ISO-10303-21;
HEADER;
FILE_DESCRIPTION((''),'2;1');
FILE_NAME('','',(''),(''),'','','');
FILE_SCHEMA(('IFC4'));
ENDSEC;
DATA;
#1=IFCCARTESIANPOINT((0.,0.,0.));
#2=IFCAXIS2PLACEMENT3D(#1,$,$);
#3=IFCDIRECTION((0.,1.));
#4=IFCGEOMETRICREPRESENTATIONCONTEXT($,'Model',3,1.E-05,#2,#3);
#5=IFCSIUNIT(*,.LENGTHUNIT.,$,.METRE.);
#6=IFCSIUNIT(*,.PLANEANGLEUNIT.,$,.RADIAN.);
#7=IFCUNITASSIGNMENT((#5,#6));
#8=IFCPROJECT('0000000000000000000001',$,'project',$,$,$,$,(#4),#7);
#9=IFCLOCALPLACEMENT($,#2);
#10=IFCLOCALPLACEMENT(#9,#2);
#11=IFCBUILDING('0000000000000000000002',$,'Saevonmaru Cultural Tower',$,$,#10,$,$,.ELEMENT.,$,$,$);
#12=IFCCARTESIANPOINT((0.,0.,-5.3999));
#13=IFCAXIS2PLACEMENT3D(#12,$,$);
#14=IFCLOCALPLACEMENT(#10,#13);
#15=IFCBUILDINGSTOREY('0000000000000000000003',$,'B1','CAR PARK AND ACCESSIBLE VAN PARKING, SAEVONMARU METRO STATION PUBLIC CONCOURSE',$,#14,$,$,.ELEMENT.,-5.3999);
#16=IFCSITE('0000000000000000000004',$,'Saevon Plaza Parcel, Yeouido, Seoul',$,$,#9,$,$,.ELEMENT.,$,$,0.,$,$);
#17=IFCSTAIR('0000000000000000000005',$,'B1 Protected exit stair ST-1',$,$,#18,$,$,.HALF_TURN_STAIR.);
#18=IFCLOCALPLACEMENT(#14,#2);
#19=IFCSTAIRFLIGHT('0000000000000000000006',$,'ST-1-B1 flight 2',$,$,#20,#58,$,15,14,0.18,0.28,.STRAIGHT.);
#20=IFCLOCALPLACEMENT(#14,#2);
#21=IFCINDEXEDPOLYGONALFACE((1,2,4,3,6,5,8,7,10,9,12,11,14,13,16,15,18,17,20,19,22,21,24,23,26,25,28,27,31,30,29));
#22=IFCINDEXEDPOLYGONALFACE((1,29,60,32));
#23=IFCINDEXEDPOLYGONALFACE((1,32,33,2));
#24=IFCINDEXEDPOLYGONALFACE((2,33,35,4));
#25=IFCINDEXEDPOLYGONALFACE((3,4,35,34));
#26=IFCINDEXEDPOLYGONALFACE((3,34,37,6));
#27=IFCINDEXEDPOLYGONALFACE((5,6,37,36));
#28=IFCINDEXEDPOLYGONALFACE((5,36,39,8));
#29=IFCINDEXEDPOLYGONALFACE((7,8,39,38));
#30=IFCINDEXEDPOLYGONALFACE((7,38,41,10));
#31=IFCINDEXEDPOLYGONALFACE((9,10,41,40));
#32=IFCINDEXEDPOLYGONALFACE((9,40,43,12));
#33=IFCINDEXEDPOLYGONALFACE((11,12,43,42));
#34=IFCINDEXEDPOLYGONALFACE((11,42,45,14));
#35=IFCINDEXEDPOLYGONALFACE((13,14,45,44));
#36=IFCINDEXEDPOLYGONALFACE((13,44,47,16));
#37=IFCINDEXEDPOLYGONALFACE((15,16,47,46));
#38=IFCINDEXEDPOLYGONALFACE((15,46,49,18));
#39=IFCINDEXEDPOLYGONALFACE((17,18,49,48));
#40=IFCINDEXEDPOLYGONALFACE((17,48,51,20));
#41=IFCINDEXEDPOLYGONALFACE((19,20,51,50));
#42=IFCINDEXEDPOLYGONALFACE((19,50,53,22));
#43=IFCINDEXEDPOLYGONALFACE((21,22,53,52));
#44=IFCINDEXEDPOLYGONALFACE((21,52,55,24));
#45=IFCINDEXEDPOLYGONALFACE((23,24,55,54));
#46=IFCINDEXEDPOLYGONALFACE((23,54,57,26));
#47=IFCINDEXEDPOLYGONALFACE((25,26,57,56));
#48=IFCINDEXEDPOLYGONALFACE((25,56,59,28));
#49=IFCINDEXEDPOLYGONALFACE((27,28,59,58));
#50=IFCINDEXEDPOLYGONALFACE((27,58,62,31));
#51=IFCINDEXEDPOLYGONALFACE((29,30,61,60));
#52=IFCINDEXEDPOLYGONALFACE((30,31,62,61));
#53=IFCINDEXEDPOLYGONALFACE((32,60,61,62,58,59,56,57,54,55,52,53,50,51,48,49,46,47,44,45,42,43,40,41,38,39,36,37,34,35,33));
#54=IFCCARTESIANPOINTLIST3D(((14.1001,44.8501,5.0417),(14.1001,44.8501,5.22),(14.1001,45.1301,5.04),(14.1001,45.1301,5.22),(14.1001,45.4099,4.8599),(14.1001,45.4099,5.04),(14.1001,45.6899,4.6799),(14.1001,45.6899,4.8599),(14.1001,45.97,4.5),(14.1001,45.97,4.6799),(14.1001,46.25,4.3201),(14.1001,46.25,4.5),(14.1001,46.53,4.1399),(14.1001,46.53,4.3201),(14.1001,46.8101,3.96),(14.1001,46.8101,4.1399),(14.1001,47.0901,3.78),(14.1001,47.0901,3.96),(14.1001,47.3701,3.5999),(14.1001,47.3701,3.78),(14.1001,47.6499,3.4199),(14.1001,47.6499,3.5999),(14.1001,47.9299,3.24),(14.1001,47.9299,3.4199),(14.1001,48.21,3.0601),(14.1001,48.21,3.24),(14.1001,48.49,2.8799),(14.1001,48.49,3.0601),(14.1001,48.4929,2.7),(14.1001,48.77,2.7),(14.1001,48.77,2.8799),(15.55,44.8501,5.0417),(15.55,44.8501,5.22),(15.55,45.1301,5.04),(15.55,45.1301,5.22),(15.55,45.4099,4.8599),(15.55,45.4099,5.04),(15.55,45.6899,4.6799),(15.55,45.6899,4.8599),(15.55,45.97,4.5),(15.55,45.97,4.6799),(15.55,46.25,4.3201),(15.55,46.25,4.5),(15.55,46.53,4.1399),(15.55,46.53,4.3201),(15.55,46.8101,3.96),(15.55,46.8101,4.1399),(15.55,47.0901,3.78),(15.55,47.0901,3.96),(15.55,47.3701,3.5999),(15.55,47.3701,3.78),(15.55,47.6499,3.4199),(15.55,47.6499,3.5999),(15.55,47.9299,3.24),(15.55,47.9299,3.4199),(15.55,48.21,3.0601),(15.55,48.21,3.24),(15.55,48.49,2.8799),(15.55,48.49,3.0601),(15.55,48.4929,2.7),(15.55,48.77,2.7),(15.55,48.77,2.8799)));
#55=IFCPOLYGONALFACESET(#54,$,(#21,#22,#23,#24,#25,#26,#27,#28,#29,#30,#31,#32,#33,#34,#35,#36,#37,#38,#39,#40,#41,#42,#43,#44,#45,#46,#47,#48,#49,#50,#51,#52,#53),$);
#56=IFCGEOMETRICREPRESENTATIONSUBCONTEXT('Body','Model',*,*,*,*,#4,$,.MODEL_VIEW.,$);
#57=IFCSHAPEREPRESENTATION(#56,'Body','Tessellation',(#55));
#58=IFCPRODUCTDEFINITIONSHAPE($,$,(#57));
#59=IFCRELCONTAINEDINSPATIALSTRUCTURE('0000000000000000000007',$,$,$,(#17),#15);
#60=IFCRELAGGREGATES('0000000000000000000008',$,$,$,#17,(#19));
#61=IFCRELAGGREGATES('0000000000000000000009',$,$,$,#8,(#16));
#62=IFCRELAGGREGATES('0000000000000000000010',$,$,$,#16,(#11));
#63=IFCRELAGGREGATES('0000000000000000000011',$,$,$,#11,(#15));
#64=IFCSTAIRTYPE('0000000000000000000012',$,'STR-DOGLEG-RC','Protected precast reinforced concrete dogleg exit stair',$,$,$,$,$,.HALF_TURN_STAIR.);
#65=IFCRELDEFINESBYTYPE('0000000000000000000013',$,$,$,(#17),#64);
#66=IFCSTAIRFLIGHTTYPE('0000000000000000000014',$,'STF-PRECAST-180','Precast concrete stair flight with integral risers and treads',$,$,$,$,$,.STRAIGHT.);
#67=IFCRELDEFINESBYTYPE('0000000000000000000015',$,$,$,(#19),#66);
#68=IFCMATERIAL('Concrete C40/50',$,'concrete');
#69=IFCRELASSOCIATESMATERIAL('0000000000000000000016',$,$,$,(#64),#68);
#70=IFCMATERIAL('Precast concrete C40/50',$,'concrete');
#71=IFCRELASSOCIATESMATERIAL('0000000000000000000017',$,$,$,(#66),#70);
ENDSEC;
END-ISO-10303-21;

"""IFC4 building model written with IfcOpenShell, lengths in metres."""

from ifc_helpers import new_model, si_unit, direction, frame, origin, place, context, subcontext, project, spatial, polyline, outline, extrude, material, type_object, element, aggregate, save


model = new_model("IFC4")

# Units and contexts
model_context = context("Model", 3, precision=1e-05, world=origin(), true_north=direction((0.0, 1.0)))
body_context = subcontext(model_context, "Body", "Model", "MODEL_VIEW")
ifc_project = project(units=[si_unit("LENGTHUNIT", "METRE"), si_unit("PLANEANGLEUNIT", "RADIAN")], contexts=[model_context])

# Site, building, storey
site_placement = place(None, origin())
site = spatial("IfcSite", under=ifc_project, at=site_placement, Name="Saevon Plaza Parcel, Yeouido, Seoul", CompositionType="ELEMENT", RefElevation=0.0)
building_placement = place(site_placement, origin())
building = spatial("IfcBuilding", under=site, at=building_placement, Name="Saevonmaru Cultural Tower", CompositionType="ELEMENT")
storey_placement = place(building_placement, frame((0.0, 0.0, -5.3999)))
storey = spatial("IfcBuildingStorey", under=building, at=storey_placement, Name="B1", Description="CAR PARK AND ACCESSIBLE VAN PARKING, SAEVONMARU METRO STATION PUBLIC CONCOURSE", CompositionType="ELEMENT", Elevation=-5.3999)

# Shared definitions
ifc_material_1 = material(Name="Concrete C40/50", Category="concrete")

# Stair, stair flight
stair_type = type_object("IfcStairType", Name="STR-DOGLEG-RC", Description="Protected precast reinforced concrete dogleg exit stair", PredefinedType="HALF_TURN_STAIR", material=ifc_material_1)
stair_placement = place(storey_placement, origin())
stair = element("IfcStair", 1, at=stair_placement, inside=storey, type_object=stair_type, Name="B1 Protected exit stair ST-1", PredefinedType="HALF_TURN_STAIR")
ifc_material_2 = material(Name="Precast concrete C40/50", Category="concrete")
stair_flight_type = type_object("IfcStairFlightType", Name="STF-PRECAST-180", Description="Precast concrete stair flight with integral risers and treads", PredefinedType="STRAIGHT", material=ifc_material_2)
stair_flight_1_placement = place(storey_placement, frame((14.825, 48.77, 2.7), z_axis=(0.0, 0.0, 1.0), x_axis=(0.0, -1.0, 0.0)))
stair_flight_1 = element("IfcStairFlight", 2, at=stair_flight_1_placement, type_object=stair_flight_type, Name="ST-1-B1 flight 2", NumberOfRisers=15, NumberOfTreads=14, PredefinedType="STRAIGHT", RiserHeight=0.18, TreadLength=0.28, context=body_context, shape_type="SweptSolid", body=[
    extrude(outline(polyline([(0.0, 0.0), (0.0, 0.1799), (0.28, 0.1799), (0.28, 0.3601), (0.5601, 0.3601), (0.5601, 0.54), (0.8401, 0.54), (0.8401, 0.72), (1.1201, 0.72), (1.1201, 0.8999), (1.3999, 0.8999), (1.3999, 1.0801), (1.6799, 1.0801), (1.6799, 1.26), (1.96, 1.26), (1.96, 1.4399), (2.24, 1.4399), (2.24, 1.6201), (2.52, 1.6201), (2.52, 1.8), (2.8, 1.8), (2.8, 1.98), (3.0801, 1.98), (3.0801, 2.1599), (3.3601, 2.1599), (3.3601, 2.3401), (3.6399, 2.3401), (3.6399, 2.52), (3.9199, 2.52), (3.9199, 2.7), (3.9199, 2.3418), (0.2771, 0.0), (0.0, 0.0)])), frame((0.0, 0.7251, 0.0), z_axis=(0.0, -1.0, 0.0), x_axis=(1.0, 0.0, 0.0)), (0.0, 0.0, 1.0), 1.45),
])
aggregate(stair, [stair_flight_1])

save(model, "model.ifc")
